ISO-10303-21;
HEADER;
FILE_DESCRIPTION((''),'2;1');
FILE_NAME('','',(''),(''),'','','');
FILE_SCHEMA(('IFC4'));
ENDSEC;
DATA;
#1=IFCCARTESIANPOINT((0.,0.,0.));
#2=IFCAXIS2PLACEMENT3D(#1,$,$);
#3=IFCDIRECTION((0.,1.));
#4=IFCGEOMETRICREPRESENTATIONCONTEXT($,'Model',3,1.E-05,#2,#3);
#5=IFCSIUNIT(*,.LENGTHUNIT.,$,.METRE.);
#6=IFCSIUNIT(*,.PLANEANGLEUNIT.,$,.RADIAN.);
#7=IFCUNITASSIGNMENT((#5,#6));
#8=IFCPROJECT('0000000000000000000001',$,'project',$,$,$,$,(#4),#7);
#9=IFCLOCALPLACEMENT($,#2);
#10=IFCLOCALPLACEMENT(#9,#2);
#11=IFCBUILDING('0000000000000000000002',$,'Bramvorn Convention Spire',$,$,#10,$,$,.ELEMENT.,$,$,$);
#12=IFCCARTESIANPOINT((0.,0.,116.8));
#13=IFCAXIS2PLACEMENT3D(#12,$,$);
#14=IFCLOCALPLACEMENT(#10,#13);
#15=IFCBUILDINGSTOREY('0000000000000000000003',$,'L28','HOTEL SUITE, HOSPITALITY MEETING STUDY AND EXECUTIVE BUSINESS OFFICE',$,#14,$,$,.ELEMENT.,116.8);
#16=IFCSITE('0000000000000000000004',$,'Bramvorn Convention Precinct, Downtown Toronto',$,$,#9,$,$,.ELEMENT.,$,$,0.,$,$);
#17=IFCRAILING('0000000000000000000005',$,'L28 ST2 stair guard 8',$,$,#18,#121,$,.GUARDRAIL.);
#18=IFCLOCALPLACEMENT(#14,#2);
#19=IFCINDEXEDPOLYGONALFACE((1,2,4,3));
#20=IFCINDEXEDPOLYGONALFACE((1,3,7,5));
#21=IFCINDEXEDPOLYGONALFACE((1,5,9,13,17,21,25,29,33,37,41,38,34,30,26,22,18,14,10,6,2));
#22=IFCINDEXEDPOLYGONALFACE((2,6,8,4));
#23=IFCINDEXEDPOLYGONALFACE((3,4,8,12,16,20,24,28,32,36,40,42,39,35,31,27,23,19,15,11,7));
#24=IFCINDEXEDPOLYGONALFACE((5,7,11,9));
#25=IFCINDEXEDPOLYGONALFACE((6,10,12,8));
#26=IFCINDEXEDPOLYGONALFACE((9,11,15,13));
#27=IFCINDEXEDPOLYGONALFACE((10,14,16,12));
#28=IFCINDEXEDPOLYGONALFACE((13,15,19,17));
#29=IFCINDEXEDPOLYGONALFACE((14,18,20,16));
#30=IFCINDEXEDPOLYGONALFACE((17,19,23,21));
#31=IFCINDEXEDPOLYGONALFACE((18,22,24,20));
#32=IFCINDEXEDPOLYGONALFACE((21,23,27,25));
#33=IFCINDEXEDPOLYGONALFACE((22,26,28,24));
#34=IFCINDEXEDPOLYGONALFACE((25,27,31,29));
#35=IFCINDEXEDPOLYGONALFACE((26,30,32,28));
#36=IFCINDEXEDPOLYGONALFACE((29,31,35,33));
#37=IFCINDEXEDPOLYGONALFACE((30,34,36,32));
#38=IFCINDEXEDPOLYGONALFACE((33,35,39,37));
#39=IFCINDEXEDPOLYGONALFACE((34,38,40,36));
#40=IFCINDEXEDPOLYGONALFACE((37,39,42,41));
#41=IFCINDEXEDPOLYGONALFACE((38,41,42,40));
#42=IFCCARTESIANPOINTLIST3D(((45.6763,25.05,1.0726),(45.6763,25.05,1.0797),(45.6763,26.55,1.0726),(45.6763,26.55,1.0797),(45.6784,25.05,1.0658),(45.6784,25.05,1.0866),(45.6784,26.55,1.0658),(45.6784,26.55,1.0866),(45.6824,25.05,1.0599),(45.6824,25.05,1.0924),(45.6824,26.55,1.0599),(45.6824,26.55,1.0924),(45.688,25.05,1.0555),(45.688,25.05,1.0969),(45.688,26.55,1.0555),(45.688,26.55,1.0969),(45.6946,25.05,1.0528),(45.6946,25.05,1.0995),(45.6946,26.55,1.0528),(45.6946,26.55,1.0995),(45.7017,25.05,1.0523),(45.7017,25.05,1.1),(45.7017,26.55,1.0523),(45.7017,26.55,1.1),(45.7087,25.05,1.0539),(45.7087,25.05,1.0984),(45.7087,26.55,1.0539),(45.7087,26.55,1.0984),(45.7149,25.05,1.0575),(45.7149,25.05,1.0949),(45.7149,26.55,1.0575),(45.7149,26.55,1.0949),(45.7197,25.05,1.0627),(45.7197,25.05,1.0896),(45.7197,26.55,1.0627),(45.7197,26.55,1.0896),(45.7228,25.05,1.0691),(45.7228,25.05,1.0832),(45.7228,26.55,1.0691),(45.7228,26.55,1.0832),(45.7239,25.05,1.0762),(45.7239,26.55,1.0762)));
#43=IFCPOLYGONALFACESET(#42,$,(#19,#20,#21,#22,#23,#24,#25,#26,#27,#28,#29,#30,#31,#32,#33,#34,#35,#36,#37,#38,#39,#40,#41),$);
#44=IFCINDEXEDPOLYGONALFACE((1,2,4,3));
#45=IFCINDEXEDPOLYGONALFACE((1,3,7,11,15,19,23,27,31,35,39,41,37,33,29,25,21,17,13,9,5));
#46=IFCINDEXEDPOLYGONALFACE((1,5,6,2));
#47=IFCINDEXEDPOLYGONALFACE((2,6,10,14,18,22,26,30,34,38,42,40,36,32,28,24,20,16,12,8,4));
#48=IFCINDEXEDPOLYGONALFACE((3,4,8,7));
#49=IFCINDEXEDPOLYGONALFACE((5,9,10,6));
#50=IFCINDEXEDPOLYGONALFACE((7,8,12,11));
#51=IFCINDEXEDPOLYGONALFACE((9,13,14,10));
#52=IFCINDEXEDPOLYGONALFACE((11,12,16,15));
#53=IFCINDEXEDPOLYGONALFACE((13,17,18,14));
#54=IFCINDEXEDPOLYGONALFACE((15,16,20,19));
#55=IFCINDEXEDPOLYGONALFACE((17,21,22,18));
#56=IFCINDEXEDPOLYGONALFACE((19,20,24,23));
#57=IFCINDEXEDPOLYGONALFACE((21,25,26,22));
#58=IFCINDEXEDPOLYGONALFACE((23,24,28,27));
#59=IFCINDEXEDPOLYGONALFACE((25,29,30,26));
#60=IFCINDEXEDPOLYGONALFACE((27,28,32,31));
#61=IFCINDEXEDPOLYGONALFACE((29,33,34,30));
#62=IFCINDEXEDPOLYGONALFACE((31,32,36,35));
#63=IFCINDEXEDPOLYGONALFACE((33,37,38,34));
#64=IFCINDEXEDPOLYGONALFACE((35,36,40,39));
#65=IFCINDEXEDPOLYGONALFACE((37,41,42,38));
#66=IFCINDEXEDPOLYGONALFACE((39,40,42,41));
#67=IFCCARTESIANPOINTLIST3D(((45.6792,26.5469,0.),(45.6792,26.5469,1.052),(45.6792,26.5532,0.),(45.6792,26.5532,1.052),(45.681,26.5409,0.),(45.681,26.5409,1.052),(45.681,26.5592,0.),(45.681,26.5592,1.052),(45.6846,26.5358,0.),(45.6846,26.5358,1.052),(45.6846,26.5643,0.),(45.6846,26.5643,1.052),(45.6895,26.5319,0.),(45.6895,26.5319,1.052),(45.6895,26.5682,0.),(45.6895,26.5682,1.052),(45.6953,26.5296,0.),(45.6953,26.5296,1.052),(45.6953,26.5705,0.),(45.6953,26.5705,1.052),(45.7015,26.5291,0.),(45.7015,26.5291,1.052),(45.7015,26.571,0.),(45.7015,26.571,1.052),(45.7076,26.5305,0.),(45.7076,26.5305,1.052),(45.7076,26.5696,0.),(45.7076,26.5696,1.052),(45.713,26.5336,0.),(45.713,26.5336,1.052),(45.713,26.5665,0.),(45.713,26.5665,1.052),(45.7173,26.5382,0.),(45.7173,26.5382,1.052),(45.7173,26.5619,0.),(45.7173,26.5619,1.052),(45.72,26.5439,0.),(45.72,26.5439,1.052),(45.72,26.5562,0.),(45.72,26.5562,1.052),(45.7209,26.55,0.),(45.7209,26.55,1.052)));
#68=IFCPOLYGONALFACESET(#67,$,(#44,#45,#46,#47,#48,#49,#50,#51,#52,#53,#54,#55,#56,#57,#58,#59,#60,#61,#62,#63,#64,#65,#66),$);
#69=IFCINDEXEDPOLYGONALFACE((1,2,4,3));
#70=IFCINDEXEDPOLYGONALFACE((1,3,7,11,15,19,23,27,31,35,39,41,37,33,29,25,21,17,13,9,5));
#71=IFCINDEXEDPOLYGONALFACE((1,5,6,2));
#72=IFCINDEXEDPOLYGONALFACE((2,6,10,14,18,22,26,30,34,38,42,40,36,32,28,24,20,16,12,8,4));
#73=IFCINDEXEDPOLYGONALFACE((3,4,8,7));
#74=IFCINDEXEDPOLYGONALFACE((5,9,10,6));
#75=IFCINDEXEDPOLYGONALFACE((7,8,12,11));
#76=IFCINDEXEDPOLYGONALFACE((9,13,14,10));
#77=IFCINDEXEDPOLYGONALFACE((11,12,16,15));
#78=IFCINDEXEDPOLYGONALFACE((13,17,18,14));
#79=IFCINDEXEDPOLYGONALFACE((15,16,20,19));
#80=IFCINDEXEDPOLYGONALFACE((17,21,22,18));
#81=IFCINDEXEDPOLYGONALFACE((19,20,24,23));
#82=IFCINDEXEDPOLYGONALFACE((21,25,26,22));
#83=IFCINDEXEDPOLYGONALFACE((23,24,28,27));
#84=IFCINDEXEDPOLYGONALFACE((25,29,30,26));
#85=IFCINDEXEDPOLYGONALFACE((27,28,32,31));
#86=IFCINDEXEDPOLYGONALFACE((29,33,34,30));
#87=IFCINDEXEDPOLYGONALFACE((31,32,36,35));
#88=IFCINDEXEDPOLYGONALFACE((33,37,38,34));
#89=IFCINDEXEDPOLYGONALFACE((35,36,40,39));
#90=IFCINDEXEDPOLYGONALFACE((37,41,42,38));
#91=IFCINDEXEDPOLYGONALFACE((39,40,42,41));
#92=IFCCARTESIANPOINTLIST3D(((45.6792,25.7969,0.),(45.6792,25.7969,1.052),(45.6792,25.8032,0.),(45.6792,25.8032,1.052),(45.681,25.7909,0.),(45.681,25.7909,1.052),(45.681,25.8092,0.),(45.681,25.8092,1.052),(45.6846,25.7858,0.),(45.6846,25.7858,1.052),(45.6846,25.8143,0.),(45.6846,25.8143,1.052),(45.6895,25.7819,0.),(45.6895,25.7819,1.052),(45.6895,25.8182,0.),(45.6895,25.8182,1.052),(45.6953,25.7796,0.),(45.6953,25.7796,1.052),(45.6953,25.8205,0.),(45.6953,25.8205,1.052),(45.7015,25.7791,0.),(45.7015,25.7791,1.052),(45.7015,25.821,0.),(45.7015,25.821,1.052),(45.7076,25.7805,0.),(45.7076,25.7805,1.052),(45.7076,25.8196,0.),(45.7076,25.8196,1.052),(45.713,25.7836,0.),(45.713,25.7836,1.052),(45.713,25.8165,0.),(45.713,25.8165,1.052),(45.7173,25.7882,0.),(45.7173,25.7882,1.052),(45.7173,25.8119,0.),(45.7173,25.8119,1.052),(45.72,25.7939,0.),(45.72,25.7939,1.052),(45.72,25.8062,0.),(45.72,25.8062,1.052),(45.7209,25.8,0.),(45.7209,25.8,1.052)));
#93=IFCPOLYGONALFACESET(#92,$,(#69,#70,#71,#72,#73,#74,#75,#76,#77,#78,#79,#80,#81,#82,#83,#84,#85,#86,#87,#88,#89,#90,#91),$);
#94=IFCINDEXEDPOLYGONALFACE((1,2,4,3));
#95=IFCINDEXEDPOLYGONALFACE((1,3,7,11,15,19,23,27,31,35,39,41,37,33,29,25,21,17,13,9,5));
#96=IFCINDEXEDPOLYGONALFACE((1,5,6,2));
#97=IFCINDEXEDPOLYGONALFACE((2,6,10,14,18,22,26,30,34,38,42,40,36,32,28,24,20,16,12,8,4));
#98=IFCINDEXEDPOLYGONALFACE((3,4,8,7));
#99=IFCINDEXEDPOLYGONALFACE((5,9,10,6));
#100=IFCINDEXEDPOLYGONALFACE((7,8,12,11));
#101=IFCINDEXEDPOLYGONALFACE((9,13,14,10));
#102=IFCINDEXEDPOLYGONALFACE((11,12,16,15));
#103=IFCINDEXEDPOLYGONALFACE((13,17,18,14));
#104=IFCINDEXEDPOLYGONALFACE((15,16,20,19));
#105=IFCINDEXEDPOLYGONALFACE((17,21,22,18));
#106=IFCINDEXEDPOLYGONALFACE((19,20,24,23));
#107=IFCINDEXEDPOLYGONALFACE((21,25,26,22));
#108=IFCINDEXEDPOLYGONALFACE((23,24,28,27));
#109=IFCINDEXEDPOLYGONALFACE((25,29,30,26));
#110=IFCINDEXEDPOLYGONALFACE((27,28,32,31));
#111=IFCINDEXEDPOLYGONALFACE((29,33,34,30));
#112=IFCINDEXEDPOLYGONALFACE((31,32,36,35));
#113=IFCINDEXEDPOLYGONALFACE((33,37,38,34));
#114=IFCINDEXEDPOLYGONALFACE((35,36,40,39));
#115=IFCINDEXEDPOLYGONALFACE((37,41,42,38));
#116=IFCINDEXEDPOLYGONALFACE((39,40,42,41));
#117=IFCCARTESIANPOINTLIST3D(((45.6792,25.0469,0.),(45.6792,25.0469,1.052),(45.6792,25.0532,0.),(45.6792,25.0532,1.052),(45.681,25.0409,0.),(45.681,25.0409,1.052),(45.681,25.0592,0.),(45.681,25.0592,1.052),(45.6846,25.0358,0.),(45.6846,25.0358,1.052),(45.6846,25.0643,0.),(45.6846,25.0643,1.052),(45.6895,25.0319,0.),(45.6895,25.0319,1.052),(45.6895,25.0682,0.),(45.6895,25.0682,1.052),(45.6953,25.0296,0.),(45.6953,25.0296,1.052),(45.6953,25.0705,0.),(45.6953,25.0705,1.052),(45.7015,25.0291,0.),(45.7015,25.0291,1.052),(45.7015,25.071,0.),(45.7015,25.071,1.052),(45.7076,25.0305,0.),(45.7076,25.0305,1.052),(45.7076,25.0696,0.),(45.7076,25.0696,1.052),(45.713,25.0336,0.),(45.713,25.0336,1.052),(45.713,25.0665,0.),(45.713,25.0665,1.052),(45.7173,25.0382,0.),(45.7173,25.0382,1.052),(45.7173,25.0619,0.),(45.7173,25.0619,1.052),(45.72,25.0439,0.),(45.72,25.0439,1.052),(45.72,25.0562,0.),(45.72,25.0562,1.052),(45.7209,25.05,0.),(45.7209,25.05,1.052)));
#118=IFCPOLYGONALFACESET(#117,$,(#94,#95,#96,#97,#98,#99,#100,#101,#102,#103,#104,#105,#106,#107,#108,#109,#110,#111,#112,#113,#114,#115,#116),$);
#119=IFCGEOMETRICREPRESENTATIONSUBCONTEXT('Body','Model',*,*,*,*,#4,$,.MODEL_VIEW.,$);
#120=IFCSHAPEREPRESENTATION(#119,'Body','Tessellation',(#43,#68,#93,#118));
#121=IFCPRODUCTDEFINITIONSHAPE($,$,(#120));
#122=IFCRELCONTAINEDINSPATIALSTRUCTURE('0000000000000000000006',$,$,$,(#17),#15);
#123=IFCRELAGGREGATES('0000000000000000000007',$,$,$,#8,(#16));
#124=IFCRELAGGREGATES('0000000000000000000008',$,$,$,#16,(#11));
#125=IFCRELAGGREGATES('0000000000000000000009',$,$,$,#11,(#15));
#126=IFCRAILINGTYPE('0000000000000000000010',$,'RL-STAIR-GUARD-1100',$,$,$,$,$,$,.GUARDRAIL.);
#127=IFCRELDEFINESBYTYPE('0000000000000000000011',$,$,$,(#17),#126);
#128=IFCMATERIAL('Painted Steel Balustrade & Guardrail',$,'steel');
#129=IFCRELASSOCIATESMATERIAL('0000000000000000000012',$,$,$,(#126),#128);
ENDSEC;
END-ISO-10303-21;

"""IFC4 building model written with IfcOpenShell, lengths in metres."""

from ifc_helpers import new_model, si_unit, direction, frame, origin, origin_2d, place, context, subcontext, project, spatial, circle, extrude, material, type_object, element, save


model = new_model("IFC4")

# Units and contexts
model_context = context("Model", 3, precision=1e-05, world=origin(), true_north=direction((0.0, 1.0)))
body_context = subcontext(model_context, "Body", "Model", "MODEL_VIEW")
ifc_project = project(units=[si_unit("LENGTHUNIT", "METRE"), si_unit("PLANEANGLEUNIT", "RADIAN")], contexts=[model_context])

# Site, building, storey
site_placement = place(None, origin())
site = spatial("IfcSite", under=ifc_project, at=site_placement, Name="Bramvorn Convention Precinct, Downtown Toronto", CompositionType="ELEMENT", RefElevation=0.0)
building_placement = place(site_placement, origin())
building = spatial("IfcBuilding", under=site, at=building_placement, Name="Bramvorn Convention Spire", CompositionType="ELEMENT")
storey_placement = place(building_placement, frame((0.0, 0.0, 116.8)))
storey = spatial("IfcBuildingStorey", under=building, at=storey_placement, Name="L28", Description="HOTEL SUITE, HOSPITALITY MEETING STUDY AND EXECUTIVE BUSINESS OFFICE", CompositionType="ELEMENT", Elevation=116.8)

# Railing
ifc_material_1 = material(Name="Painted Steel Balustrade & Guardrail", Category="steel")
railing_type_1 = type_object("IfcRailingType", Name="RL-STAIR-GUARD-1100", PredefinedType="GUARDRAIL", material=ifc_material_1)
railing_1_placement = place(storey_placement, frame((45.7, 26.55, 0.0)))
element("IfcRailing", 1, at=railing_1_placement, inside=storey, type_object=railing_type_1, Name="L28 ST2 stair guard 8", PredefinedType="GUARDRAIL", context=body_context, shape_type="SweptSolid", body=[
    extrude(circle(Radius=0.0239, at=origin_2d()), frame((0.0, 0.0, 1.0762), z_axis=(0.0, -1.0, 0.0), x_axis=(1.0, 0.0, 0.0)), (0.0, 0.0, 1.0), 1.5),
    extrude(circle(Radius=0.021, at=origin_2d()), origin(), (0.0, 0.0, 1.0), 1.052),
    extrude(circle(Radius=0.021, at=origin_2d()), frame((0.0, -0.75, 0.0)), (0.0, 0.0, 1.0), 1.052),
    extrude(circle(Radius=0.021, at=origin_2d()), frame((0.0, -1.5, 0.0)), (0.0, 0.0, 1.0), 1.052),
])

save(model, "model.ifc")
